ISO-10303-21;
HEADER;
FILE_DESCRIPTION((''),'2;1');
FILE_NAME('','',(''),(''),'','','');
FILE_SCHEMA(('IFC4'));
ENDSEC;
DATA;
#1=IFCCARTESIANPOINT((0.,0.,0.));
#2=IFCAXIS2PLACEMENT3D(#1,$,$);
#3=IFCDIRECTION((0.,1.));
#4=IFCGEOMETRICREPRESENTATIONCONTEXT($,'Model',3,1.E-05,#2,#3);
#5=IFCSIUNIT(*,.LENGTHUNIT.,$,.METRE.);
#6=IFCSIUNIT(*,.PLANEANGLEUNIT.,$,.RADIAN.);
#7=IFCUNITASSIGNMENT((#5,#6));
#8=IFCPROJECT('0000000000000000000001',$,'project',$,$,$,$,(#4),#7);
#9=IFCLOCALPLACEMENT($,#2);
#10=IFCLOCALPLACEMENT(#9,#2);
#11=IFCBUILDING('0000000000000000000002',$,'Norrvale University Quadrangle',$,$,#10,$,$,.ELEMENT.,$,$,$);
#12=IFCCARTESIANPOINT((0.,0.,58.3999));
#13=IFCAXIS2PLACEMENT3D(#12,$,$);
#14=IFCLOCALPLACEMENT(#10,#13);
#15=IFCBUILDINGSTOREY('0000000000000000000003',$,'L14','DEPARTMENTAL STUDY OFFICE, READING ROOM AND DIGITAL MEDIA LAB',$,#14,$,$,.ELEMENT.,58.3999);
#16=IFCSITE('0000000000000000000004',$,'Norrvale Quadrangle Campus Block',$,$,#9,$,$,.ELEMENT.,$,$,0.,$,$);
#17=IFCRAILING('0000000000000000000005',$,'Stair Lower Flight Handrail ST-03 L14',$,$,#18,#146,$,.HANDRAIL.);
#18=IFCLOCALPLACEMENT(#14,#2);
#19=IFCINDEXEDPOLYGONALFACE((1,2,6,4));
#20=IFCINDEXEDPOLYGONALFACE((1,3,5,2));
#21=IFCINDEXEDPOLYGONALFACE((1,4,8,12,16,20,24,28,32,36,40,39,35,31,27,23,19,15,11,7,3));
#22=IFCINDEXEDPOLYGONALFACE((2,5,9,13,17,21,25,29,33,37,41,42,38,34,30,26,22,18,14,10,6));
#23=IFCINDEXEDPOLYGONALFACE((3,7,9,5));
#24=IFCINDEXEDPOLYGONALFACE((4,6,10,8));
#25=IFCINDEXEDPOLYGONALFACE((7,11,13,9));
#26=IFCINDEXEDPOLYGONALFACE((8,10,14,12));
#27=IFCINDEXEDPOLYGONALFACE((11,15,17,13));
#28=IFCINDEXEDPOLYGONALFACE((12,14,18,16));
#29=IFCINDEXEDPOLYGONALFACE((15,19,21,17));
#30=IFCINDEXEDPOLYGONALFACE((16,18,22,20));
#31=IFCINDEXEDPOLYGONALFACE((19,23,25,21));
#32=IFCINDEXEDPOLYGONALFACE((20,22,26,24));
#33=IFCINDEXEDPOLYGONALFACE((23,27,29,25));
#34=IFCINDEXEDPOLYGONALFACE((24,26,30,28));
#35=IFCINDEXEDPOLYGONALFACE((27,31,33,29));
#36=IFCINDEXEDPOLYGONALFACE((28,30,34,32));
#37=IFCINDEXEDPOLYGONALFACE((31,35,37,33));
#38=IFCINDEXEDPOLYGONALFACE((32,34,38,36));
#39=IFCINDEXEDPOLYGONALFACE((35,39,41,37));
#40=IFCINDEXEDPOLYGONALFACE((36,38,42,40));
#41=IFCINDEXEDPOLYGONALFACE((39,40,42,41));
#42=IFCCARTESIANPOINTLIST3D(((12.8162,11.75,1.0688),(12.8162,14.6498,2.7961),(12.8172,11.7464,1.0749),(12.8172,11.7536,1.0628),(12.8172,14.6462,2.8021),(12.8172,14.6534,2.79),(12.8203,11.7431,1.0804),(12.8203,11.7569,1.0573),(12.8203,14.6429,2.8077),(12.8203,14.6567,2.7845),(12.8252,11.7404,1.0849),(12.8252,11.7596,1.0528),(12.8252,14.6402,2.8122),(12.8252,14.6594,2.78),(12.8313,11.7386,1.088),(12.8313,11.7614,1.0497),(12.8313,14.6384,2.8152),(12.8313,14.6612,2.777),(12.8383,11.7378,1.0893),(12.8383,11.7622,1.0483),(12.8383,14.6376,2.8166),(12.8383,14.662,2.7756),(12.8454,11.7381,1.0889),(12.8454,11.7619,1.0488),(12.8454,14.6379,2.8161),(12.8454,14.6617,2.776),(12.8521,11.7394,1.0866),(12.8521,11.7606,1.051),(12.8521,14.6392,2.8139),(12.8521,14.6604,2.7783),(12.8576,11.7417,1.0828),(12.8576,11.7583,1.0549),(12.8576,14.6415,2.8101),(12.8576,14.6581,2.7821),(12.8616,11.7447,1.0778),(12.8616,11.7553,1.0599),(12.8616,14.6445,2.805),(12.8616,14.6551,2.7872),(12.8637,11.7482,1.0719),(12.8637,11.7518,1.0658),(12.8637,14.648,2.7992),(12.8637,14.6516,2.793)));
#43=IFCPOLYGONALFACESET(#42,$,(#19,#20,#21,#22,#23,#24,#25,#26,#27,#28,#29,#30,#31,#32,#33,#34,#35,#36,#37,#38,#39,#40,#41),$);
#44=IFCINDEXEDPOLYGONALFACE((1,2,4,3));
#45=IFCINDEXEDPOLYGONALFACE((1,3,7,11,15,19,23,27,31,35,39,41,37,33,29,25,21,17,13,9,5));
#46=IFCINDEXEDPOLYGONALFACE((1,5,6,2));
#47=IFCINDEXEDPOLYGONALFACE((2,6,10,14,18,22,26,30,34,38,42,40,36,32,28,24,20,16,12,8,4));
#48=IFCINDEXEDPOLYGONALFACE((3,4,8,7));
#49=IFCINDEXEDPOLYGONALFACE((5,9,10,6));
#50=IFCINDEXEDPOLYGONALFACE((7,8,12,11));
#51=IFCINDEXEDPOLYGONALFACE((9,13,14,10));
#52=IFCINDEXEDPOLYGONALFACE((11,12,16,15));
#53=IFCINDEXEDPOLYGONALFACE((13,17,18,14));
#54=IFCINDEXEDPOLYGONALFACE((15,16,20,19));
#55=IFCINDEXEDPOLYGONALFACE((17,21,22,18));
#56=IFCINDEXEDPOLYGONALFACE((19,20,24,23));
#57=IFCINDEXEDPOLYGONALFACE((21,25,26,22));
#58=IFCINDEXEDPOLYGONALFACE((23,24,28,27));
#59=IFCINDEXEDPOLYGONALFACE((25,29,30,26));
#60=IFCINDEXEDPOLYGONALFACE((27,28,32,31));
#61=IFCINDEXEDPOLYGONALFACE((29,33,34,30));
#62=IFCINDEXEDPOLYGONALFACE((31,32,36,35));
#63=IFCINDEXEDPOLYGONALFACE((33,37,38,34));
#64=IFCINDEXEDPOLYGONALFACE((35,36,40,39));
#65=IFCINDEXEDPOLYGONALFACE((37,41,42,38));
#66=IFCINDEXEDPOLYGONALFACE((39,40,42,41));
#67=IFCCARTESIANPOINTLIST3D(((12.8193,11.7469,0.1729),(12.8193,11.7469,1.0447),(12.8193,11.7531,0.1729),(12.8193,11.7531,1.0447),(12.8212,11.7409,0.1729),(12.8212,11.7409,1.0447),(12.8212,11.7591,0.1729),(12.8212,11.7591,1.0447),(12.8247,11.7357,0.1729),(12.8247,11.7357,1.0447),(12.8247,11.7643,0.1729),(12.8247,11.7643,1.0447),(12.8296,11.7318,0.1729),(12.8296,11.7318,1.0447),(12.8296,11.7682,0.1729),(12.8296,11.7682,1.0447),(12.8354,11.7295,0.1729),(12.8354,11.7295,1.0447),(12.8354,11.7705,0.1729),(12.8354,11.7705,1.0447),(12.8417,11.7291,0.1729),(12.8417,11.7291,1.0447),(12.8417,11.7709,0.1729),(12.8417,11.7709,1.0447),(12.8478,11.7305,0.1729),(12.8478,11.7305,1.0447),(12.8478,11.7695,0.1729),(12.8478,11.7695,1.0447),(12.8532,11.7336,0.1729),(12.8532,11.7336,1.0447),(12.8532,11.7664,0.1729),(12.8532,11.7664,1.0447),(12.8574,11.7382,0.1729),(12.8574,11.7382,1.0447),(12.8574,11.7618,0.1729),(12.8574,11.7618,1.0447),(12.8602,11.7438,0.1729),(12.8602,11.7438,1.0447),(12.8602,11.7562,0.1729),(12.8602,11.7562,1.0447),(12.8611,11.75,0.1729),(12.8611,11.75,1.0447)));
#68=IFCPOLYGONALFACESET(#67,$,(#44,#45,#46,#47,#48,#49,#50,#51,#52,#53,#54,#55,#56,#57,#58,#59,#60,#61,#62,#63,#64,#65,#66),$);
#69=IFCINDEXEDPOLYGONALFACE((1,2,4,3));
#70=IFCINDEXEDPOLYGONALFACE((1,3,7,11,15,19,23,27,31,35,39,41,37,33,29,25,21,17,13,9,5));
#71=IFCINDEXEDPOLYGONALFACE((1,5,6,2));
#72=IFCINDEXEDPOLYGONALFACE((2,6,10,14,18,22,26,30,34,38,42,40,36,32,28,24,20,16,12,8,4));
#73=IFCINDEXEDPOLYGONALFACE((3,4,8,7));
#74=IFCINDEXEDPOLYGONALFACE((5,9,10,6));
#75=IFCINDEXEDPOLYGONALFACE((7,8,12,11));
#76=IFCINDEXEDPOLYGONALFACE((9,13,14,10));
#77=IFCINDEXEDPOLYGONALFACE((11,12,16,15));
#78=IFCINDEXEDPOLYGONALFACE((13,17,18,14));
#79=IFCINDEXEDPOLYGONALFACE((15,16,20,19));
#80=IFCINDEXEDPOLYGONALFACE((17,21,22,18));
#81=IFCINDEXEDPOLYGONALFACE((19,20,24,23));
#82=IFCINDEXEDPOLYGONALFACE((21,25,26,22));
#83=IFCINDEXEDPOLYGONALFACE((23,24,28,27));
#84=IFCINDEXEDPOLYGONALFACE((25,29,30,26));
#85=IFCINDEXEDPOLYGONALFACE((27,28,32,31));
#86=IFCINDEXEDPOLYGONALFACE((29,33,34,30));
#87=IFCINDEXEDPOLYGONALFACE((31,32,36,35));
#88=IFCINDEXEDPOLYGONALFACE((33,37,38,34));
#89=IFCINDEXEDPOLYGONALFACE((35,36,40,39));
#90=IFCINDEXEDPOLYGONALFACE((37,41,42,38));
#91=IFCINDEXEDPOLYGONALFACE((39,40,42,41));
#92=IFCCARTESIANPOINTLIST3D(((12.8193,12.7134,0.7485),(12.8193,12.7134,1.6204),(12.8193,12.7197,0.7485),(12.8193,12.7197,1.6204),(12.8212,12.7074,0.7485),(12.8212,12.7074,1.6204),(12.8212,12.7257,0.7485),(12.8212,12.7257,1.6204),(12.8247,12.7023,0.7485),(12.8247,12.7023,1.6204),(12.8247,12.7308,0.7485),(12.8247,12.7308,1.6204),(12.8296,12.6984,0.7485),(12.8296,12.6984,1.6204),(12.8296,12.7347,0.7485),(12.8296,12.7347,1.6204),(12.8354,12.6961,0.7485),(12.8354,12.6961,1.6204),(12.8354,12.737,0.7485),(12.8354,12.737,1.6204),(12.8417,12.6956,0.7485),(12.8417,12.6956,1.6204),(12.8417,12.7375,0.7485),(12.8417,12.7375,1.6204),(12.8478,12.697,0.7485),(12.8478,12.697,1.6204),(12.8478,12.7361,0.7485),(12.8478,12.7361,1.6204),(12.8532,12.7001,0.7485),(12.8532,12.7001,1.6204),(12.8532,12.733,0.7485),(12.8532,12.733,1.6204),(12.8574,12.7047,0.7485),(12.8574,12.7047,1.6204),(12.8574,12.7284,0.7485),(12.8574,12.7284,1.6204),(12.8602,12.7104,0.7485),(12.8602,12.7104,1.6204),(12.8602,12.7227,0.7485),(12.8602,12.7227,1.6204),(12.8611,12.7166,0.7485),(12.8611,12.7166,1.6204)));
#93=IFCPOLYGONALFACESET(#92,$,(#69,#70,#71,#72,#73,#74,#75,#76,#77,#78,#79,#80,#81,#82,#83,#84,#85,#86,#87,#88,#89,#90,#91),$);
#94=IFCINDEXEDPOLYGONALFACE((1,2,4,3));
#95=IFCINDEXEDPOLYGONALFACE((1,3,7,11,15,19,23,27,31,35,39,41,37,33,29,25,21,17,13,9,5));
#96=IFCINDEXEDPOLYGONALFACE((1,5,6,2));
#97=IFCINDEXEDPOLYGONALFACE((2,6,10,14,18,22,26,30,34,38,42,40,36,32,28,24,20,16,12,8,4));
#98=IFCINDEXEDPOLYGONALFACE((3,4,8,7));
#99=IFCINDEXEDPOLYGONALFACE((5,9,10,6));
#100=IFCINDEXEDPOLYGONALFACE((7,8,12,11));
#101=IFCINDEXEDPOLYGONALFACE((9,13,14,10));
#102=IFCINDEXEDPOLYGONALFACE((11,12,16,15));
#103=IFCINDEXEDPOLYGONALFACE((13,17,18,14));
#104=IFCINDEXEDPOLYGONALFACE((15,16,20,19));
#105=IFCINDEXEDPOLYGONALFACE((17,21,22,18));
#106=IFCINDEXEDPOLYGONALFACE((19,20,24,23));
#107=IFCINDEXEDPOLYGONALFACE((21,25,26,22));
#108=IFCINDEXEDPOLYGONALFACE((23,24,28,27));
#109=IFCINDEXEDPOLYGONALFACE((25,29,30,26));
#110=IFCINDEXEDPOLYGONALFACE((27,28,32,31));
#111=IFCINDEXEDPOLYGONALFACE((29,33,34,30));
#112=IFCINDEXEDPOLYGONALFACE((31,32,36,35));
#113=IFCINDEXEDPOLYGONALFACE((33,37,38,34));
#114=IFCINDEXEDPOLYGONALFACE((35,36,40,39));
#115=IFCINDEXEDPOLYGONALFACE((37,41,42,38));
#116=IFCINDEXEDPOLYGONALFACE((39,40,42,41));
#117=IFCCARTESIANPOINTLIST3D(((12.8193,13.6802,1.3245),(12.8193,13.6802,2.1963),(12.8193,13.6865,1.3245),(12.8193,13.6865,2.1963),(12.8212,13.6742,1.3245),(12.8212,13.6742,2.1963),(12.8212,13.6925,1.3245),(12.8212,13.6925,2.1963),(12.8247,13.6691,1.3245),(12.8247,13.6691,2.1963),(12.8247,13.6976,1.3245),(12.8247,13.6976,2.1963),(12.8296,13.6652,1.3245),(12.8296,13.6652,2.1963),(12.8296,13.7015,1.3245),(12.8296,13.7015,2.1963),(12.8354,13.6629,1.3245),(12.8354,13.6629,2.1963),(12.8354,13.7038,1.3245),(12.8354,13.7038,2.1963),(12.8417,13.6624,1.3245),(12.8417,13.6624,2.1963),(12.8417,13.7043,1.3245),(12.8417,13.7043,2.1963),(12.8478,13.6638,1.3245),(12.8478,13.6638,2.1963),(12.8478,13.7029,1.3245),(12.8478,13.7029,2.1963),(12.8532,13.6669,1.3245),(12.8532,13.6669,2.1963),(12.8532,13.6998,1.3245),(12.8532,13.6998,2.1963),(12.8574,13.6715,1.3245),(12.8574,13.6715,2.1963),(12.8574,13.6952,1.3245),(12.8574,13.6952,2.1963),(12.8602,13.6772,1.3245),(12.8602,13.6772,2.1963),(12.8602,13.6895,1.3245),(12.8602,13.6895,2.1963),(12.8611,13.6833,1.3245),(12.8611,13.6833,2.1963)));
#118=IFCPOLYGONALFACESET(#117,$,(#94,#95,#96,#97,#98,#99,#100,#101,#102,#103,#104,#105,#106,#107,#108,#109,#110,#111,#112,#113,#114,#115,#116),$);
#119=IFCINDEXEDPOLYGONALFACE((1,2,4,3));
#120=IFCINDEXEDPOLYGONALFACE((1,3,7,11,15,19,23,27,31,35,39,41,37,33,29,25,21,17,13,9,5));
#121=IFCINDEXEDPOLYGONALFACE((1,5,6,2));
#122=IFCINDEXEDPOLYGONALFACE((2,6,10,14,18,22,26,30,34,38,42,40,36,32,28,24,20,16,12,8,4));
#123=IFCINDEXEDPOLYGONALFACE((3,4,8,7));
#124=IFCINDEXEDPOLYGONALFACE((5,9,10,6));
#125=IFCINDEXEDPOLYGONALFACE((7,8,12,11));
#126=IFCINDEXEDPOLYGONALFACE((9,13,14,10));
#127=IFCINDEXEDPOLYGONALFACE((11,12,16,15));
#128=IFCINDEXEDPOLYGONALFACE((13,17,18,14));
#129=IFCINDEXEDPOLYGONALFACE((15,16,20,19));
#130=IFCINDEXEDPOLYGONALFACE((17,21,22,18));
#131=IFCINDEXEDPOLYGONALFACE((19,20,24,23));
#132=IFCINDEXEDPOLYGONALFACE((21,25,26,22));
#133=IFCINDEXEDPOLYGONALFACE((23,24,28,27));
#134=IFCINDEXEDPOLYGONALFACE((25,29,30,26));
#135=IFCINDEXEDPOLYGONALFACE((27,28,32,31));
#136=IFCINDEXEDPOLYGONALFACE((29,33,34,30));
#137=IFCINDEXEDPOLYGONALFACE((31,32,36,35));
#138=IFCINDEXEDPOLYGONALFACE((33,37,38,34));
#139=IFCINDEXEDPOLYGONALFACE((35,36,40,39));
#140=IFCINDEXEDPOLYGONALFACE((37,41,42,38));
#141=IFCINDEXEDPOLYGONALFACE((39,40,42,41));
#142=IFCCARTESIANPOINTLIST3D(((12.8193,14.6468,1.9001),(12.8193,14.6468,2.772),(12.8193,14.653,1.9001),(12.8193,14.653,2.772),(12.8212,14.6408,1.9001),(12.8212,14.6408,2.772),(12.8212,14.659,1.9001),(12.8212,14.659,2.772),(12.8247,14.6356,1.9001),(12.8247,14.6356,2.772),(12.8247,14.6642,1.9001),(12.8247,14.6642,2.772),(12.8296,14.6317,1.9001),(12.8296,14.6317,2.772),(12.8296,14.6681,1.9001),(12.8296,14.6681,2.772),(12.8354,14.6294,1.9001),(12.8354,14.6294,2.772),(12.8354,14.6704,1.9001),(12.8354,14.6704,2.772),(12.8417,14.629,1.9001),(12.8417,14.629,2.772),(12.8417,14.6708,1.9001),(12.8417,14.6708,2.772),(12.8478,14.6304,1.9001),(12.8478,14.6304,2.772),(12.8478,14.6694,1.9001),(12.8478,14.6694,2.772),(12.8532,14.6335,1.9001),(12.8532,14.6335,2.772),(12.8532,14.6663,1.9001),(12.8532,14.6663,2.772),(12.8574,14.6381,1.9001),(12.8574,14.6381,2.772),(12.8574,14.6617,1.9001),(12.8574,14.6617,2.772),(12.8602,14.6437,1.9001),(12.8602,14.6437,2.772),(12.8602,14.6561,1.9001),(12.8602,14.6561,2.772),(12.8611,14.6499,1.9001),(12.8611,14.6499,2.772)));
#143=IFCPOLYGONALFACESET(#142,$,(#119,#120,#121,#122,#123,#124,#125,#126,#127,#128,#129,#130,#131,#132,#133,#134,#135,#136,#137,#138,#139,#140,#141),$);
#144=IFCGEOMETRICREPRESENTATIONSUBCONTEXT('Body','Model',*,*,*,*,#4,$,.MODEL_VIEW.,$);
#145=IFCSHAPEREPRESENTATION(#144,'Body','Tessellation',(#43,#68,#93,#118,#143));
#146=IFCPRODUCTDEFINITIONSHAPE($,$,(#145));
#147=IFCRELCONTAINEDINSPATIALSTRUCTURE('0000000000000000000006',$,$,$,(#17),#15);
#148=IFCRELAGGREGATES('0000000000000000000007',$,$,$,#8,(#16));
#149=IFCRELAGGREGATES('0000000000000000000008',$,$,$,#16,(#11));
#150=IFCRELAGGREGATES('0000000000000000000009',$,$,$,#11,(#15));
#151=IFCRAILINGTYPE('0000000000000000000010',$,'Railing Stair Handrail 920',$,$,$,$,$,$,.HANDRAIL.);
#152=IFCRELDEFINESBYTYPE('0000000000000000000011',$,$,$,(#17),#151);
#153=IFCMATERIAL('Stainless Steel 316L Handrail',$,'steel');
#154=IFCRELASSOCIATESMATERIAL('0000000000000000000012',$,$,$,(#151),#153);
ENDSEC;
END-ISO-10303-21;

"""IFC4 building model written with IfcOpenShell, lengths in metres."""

from ifc_helpers import new_model, si_unit, direction, frame, origin, origin_2d, place, context, subcontext, project, spatial, circle, extrude, material, type_object, element, save


model = new_model("IFC4")

# Units and contexts
model_context = context("Model", 3, precision=1e-05, world=origin(), true_north=direction((0.0, 1.0)))
body_context = subcontext(model_context, "Body", "Model", "MODEL_VIEW")
ifc_project = project(units=[si_unit("LENGTHUNIT", "METRE"), si_unit("PLANEANGLEUNIT", "RADIAN")], contexts=[model_context])

# Site, building, storey
site_placement = place(None, origin())
site = spatial("IfcSite", under=ifc_project, at=site_placement, Name="Norrvale Quadrangle Campus Block", CompositionType="ELEMENT", RefElevation=0.0)
building_placement = place(site_placement, origin())
building = spatial("IfcBuilding", under=site, at=building_placement, Name="Norrvale University Quadrangle", CompositionType="ELEMENT")
storey_placement = place(building_placement, frame((0.0, 0.0, 58.3999)))
storey = spatial("IfcBuildingStorey", under=building, at=storey_placement, Name="L14", Description="DEPARTMENTAL STUDY OFFICE, READING ROOM AND DIGITAL MEDIA LAB", CompositionType="ELEMENT", Elevation=58.3999)

# Railing
ifc_material_1 = material(Name="Stainless Steel 316L Handrail", Category="steel")
railing_type_1 = type_object("IfcRailingType", Name="Railing Stair Handrail 920", PredefinedType="HANDRAIL", material=ifc_material_1)
railing_1_placement = place(storey_placement, frame((12.8401, 11.75, 0.1729)))
element("IfcRailing", 1, at=railing_1_placement, inside=storey, type_object=railing_type_1, Name="Stair Lower Flight Handrail ST-03 L14", PredefinedType="HANDRAIL", context=body_context, shape_type="SweptSolid", body=[
    extrude(circle(Radius=0.0239, at=origin_2d()), frame((0.0, 0.0, 0.896), z_axis=(0.0, 0.859141, 0.511738), x_axis=(-1.0, 0.0, 0.0)), (0.0, 0.0, 1.0), 3.3752),
    extrude(circle(Radius=0.021, at=origin_2d()), origin(), (0.0, 0.0, 1.0), 0.8718),
    extrude(circle(Radius=0.021, at=origin_2d()), frame((0.0, 0.9666, 0.5757)), (0.0, 0.0, 1.0), 0.8718),
    extrude(circle(Radius=0.021, at=origin_2d()), frame((0.0, 1.9333, 1.1516)), (0.0, 0.0, 1.0), 0.8718),
    extrude(circle(Radius=0.021, at=origin_2d()), frame((0.0, 2.8999, 1.7273)), (0.0, 0.0, 1.0), 0.8718),
])

save(model, "model.ifc")
